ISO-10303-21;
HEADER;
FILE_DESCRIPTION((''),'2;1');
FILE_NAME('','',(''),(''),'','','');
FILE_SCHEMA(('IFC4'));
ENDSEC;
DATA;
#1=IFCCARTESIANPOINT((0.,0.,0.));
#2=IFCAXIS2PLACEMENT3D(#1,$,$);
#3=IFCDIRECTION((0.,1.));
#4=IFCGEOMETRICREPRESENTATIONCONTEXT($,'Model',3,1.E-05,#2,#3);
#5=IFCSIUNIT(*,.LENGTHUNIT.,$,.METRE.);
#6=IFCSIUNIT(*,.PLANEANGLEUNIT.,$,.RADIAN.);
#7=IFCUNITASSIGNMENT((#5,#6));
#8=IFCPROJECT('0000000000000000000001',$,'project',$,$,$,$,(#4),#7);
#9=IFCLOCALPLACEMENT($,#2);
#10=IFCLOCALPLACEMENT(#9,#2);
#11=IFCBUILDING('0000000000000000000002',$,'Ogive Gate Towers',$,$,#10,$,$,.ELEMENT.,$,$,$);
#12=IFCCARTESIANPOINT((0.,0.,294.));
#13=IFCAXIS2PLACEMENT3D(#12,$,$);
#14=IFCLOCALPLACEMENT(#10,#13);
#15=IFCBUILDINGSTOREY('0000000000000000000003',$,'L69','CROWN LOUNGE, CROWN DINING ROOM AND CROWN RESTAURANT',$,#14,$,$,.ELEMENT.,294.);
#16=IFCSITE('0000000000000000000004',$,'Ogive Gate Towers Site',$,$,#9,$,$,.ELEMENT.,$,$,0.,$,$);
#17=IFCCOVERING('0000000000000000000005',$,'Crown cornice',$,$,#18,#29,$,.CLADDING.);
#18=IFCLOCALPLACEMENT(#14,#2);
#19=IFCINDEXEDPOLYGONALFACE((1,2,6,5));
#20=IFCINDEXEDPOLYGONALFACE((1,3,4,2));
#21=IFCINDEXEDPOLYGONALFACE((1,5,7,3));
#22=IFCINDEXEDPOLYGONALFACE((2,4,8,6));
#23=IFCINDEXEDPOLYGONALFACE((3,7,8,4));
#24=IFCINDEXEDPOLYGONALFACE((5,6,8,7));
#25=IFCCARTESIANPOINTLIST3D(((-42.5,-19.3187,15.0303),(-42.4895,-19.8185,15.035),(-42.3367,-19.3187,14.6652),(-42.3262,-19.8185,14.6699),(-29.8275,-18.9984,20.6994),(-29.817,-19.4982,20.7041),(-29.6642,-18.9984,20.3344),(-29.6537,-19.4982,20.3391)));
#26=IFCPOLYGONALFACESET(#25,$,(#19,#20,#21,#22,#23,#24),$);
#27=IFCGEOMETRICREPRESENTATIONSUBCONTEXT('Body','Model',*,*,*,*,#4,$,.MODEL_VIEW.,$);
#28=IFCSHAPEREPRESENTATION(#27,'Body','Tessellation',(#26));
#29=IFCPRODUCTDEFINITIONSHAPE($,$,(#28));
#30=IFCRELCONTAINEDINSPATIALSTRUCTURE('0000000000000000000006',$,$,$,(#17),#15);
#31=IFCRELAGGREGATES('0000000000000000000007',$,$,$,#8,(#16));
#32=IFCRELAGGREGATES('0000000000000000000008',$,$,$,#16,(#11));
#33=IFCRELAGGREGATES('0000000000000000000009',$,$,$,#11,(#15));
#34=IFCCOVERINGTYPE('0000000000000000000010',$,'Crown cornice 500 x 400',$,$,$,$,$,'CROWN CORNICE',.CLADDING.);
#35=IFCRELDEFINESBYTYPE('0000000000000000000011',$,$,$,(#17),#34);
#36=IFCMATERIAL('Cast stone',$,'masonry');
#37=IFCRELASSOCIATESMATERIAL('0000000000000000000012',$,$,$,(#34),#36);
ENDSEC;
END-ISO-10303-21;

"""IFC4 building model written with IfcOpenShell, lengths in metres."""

from ifc_helpers import new_model, si_unit, direction, frame, origin, origin_2d, place, context, subcontext, project, spatial, rectangle, extrude, material, material_profile, profile_set, type_object, element, save


model = new_model("IFC4")

# Units and contexts
model_context = context("Model", 3, precision=1e-05, world=origin(), true_north=direction((0.0, 1.0)))
body_context = subcontext(model_context, "Body", "Model", "MODEL_VIEW")
ifc_project = project(units=[si_unit("LENGTHUNIT", "METRE"), si_unit("PLANEANGLEUNIT", "RADIAN")], contexts=[model_context])

# Site, building, storey
site_placement = place(None, origin())
site = spatial("IfcSite", under=ifc_project, at=site_placement, Name="Ogive Gate Towers Site", CompositionType="ELEMENT", RefElevation=0.0)
building_placement = place(site_placement, origin())
building = spatial("IfcBuilding", under=site, at=building_placement, Name="Ogive Gate Towers", CompositionType="ELEMENT")
storey_placement = place(building_placement, frame((0.0, 0.0, 294.0)))
storey = spatial("IfcBuildingStorey", under=building, at=storey_placement, Name="L69", Description="CROWN LOUNGE, CROWN DINING ROOM AND CROWN RESTAURANT", CompositionType="ELEMENT", Elevation=294.0)

# Covering
ifc_material_1 = material(Name="Cast stone", Category="masonry")
ifc_material_profile_1 = material_profile(ifc_material_1, rectangle(XDim=0.5, YDim=0.3999, at=origin_2d()), Name="500 x 400 cast stone")
ifc_profile_set_1 = profile_set([ifc_material_profile_1], Name="Cast stone")
covering_type = type_object("IfcCoveringType", Name="Crown cornice 500 x 400", ElementType="CROWN CORNICE", PredefinedType="CLADDING", material=ifc_profile_set_1)
covering_placement = place(storey_placement, frame((-42.4131, -19.5686, 14.8501), z_axis=(0.912579, 0.023066, 0.408249), x_axis=(0.021057, -0.999734, 0.009416)))
element("IfcCovering", 1, at=covering_placement, inside=storey, type_object=covering_type, Name="Crown cornice", PredefinedType="CLADDING", context=body_context, shape_type="SweptSolid", body=[
    extrude(rectangle(XDim=0.5, YDim=0.3999, at=origin_2d()), origin(), (0.0, 0.0, 1.0), 13.8865),
])

save(model, "model.ifc")
